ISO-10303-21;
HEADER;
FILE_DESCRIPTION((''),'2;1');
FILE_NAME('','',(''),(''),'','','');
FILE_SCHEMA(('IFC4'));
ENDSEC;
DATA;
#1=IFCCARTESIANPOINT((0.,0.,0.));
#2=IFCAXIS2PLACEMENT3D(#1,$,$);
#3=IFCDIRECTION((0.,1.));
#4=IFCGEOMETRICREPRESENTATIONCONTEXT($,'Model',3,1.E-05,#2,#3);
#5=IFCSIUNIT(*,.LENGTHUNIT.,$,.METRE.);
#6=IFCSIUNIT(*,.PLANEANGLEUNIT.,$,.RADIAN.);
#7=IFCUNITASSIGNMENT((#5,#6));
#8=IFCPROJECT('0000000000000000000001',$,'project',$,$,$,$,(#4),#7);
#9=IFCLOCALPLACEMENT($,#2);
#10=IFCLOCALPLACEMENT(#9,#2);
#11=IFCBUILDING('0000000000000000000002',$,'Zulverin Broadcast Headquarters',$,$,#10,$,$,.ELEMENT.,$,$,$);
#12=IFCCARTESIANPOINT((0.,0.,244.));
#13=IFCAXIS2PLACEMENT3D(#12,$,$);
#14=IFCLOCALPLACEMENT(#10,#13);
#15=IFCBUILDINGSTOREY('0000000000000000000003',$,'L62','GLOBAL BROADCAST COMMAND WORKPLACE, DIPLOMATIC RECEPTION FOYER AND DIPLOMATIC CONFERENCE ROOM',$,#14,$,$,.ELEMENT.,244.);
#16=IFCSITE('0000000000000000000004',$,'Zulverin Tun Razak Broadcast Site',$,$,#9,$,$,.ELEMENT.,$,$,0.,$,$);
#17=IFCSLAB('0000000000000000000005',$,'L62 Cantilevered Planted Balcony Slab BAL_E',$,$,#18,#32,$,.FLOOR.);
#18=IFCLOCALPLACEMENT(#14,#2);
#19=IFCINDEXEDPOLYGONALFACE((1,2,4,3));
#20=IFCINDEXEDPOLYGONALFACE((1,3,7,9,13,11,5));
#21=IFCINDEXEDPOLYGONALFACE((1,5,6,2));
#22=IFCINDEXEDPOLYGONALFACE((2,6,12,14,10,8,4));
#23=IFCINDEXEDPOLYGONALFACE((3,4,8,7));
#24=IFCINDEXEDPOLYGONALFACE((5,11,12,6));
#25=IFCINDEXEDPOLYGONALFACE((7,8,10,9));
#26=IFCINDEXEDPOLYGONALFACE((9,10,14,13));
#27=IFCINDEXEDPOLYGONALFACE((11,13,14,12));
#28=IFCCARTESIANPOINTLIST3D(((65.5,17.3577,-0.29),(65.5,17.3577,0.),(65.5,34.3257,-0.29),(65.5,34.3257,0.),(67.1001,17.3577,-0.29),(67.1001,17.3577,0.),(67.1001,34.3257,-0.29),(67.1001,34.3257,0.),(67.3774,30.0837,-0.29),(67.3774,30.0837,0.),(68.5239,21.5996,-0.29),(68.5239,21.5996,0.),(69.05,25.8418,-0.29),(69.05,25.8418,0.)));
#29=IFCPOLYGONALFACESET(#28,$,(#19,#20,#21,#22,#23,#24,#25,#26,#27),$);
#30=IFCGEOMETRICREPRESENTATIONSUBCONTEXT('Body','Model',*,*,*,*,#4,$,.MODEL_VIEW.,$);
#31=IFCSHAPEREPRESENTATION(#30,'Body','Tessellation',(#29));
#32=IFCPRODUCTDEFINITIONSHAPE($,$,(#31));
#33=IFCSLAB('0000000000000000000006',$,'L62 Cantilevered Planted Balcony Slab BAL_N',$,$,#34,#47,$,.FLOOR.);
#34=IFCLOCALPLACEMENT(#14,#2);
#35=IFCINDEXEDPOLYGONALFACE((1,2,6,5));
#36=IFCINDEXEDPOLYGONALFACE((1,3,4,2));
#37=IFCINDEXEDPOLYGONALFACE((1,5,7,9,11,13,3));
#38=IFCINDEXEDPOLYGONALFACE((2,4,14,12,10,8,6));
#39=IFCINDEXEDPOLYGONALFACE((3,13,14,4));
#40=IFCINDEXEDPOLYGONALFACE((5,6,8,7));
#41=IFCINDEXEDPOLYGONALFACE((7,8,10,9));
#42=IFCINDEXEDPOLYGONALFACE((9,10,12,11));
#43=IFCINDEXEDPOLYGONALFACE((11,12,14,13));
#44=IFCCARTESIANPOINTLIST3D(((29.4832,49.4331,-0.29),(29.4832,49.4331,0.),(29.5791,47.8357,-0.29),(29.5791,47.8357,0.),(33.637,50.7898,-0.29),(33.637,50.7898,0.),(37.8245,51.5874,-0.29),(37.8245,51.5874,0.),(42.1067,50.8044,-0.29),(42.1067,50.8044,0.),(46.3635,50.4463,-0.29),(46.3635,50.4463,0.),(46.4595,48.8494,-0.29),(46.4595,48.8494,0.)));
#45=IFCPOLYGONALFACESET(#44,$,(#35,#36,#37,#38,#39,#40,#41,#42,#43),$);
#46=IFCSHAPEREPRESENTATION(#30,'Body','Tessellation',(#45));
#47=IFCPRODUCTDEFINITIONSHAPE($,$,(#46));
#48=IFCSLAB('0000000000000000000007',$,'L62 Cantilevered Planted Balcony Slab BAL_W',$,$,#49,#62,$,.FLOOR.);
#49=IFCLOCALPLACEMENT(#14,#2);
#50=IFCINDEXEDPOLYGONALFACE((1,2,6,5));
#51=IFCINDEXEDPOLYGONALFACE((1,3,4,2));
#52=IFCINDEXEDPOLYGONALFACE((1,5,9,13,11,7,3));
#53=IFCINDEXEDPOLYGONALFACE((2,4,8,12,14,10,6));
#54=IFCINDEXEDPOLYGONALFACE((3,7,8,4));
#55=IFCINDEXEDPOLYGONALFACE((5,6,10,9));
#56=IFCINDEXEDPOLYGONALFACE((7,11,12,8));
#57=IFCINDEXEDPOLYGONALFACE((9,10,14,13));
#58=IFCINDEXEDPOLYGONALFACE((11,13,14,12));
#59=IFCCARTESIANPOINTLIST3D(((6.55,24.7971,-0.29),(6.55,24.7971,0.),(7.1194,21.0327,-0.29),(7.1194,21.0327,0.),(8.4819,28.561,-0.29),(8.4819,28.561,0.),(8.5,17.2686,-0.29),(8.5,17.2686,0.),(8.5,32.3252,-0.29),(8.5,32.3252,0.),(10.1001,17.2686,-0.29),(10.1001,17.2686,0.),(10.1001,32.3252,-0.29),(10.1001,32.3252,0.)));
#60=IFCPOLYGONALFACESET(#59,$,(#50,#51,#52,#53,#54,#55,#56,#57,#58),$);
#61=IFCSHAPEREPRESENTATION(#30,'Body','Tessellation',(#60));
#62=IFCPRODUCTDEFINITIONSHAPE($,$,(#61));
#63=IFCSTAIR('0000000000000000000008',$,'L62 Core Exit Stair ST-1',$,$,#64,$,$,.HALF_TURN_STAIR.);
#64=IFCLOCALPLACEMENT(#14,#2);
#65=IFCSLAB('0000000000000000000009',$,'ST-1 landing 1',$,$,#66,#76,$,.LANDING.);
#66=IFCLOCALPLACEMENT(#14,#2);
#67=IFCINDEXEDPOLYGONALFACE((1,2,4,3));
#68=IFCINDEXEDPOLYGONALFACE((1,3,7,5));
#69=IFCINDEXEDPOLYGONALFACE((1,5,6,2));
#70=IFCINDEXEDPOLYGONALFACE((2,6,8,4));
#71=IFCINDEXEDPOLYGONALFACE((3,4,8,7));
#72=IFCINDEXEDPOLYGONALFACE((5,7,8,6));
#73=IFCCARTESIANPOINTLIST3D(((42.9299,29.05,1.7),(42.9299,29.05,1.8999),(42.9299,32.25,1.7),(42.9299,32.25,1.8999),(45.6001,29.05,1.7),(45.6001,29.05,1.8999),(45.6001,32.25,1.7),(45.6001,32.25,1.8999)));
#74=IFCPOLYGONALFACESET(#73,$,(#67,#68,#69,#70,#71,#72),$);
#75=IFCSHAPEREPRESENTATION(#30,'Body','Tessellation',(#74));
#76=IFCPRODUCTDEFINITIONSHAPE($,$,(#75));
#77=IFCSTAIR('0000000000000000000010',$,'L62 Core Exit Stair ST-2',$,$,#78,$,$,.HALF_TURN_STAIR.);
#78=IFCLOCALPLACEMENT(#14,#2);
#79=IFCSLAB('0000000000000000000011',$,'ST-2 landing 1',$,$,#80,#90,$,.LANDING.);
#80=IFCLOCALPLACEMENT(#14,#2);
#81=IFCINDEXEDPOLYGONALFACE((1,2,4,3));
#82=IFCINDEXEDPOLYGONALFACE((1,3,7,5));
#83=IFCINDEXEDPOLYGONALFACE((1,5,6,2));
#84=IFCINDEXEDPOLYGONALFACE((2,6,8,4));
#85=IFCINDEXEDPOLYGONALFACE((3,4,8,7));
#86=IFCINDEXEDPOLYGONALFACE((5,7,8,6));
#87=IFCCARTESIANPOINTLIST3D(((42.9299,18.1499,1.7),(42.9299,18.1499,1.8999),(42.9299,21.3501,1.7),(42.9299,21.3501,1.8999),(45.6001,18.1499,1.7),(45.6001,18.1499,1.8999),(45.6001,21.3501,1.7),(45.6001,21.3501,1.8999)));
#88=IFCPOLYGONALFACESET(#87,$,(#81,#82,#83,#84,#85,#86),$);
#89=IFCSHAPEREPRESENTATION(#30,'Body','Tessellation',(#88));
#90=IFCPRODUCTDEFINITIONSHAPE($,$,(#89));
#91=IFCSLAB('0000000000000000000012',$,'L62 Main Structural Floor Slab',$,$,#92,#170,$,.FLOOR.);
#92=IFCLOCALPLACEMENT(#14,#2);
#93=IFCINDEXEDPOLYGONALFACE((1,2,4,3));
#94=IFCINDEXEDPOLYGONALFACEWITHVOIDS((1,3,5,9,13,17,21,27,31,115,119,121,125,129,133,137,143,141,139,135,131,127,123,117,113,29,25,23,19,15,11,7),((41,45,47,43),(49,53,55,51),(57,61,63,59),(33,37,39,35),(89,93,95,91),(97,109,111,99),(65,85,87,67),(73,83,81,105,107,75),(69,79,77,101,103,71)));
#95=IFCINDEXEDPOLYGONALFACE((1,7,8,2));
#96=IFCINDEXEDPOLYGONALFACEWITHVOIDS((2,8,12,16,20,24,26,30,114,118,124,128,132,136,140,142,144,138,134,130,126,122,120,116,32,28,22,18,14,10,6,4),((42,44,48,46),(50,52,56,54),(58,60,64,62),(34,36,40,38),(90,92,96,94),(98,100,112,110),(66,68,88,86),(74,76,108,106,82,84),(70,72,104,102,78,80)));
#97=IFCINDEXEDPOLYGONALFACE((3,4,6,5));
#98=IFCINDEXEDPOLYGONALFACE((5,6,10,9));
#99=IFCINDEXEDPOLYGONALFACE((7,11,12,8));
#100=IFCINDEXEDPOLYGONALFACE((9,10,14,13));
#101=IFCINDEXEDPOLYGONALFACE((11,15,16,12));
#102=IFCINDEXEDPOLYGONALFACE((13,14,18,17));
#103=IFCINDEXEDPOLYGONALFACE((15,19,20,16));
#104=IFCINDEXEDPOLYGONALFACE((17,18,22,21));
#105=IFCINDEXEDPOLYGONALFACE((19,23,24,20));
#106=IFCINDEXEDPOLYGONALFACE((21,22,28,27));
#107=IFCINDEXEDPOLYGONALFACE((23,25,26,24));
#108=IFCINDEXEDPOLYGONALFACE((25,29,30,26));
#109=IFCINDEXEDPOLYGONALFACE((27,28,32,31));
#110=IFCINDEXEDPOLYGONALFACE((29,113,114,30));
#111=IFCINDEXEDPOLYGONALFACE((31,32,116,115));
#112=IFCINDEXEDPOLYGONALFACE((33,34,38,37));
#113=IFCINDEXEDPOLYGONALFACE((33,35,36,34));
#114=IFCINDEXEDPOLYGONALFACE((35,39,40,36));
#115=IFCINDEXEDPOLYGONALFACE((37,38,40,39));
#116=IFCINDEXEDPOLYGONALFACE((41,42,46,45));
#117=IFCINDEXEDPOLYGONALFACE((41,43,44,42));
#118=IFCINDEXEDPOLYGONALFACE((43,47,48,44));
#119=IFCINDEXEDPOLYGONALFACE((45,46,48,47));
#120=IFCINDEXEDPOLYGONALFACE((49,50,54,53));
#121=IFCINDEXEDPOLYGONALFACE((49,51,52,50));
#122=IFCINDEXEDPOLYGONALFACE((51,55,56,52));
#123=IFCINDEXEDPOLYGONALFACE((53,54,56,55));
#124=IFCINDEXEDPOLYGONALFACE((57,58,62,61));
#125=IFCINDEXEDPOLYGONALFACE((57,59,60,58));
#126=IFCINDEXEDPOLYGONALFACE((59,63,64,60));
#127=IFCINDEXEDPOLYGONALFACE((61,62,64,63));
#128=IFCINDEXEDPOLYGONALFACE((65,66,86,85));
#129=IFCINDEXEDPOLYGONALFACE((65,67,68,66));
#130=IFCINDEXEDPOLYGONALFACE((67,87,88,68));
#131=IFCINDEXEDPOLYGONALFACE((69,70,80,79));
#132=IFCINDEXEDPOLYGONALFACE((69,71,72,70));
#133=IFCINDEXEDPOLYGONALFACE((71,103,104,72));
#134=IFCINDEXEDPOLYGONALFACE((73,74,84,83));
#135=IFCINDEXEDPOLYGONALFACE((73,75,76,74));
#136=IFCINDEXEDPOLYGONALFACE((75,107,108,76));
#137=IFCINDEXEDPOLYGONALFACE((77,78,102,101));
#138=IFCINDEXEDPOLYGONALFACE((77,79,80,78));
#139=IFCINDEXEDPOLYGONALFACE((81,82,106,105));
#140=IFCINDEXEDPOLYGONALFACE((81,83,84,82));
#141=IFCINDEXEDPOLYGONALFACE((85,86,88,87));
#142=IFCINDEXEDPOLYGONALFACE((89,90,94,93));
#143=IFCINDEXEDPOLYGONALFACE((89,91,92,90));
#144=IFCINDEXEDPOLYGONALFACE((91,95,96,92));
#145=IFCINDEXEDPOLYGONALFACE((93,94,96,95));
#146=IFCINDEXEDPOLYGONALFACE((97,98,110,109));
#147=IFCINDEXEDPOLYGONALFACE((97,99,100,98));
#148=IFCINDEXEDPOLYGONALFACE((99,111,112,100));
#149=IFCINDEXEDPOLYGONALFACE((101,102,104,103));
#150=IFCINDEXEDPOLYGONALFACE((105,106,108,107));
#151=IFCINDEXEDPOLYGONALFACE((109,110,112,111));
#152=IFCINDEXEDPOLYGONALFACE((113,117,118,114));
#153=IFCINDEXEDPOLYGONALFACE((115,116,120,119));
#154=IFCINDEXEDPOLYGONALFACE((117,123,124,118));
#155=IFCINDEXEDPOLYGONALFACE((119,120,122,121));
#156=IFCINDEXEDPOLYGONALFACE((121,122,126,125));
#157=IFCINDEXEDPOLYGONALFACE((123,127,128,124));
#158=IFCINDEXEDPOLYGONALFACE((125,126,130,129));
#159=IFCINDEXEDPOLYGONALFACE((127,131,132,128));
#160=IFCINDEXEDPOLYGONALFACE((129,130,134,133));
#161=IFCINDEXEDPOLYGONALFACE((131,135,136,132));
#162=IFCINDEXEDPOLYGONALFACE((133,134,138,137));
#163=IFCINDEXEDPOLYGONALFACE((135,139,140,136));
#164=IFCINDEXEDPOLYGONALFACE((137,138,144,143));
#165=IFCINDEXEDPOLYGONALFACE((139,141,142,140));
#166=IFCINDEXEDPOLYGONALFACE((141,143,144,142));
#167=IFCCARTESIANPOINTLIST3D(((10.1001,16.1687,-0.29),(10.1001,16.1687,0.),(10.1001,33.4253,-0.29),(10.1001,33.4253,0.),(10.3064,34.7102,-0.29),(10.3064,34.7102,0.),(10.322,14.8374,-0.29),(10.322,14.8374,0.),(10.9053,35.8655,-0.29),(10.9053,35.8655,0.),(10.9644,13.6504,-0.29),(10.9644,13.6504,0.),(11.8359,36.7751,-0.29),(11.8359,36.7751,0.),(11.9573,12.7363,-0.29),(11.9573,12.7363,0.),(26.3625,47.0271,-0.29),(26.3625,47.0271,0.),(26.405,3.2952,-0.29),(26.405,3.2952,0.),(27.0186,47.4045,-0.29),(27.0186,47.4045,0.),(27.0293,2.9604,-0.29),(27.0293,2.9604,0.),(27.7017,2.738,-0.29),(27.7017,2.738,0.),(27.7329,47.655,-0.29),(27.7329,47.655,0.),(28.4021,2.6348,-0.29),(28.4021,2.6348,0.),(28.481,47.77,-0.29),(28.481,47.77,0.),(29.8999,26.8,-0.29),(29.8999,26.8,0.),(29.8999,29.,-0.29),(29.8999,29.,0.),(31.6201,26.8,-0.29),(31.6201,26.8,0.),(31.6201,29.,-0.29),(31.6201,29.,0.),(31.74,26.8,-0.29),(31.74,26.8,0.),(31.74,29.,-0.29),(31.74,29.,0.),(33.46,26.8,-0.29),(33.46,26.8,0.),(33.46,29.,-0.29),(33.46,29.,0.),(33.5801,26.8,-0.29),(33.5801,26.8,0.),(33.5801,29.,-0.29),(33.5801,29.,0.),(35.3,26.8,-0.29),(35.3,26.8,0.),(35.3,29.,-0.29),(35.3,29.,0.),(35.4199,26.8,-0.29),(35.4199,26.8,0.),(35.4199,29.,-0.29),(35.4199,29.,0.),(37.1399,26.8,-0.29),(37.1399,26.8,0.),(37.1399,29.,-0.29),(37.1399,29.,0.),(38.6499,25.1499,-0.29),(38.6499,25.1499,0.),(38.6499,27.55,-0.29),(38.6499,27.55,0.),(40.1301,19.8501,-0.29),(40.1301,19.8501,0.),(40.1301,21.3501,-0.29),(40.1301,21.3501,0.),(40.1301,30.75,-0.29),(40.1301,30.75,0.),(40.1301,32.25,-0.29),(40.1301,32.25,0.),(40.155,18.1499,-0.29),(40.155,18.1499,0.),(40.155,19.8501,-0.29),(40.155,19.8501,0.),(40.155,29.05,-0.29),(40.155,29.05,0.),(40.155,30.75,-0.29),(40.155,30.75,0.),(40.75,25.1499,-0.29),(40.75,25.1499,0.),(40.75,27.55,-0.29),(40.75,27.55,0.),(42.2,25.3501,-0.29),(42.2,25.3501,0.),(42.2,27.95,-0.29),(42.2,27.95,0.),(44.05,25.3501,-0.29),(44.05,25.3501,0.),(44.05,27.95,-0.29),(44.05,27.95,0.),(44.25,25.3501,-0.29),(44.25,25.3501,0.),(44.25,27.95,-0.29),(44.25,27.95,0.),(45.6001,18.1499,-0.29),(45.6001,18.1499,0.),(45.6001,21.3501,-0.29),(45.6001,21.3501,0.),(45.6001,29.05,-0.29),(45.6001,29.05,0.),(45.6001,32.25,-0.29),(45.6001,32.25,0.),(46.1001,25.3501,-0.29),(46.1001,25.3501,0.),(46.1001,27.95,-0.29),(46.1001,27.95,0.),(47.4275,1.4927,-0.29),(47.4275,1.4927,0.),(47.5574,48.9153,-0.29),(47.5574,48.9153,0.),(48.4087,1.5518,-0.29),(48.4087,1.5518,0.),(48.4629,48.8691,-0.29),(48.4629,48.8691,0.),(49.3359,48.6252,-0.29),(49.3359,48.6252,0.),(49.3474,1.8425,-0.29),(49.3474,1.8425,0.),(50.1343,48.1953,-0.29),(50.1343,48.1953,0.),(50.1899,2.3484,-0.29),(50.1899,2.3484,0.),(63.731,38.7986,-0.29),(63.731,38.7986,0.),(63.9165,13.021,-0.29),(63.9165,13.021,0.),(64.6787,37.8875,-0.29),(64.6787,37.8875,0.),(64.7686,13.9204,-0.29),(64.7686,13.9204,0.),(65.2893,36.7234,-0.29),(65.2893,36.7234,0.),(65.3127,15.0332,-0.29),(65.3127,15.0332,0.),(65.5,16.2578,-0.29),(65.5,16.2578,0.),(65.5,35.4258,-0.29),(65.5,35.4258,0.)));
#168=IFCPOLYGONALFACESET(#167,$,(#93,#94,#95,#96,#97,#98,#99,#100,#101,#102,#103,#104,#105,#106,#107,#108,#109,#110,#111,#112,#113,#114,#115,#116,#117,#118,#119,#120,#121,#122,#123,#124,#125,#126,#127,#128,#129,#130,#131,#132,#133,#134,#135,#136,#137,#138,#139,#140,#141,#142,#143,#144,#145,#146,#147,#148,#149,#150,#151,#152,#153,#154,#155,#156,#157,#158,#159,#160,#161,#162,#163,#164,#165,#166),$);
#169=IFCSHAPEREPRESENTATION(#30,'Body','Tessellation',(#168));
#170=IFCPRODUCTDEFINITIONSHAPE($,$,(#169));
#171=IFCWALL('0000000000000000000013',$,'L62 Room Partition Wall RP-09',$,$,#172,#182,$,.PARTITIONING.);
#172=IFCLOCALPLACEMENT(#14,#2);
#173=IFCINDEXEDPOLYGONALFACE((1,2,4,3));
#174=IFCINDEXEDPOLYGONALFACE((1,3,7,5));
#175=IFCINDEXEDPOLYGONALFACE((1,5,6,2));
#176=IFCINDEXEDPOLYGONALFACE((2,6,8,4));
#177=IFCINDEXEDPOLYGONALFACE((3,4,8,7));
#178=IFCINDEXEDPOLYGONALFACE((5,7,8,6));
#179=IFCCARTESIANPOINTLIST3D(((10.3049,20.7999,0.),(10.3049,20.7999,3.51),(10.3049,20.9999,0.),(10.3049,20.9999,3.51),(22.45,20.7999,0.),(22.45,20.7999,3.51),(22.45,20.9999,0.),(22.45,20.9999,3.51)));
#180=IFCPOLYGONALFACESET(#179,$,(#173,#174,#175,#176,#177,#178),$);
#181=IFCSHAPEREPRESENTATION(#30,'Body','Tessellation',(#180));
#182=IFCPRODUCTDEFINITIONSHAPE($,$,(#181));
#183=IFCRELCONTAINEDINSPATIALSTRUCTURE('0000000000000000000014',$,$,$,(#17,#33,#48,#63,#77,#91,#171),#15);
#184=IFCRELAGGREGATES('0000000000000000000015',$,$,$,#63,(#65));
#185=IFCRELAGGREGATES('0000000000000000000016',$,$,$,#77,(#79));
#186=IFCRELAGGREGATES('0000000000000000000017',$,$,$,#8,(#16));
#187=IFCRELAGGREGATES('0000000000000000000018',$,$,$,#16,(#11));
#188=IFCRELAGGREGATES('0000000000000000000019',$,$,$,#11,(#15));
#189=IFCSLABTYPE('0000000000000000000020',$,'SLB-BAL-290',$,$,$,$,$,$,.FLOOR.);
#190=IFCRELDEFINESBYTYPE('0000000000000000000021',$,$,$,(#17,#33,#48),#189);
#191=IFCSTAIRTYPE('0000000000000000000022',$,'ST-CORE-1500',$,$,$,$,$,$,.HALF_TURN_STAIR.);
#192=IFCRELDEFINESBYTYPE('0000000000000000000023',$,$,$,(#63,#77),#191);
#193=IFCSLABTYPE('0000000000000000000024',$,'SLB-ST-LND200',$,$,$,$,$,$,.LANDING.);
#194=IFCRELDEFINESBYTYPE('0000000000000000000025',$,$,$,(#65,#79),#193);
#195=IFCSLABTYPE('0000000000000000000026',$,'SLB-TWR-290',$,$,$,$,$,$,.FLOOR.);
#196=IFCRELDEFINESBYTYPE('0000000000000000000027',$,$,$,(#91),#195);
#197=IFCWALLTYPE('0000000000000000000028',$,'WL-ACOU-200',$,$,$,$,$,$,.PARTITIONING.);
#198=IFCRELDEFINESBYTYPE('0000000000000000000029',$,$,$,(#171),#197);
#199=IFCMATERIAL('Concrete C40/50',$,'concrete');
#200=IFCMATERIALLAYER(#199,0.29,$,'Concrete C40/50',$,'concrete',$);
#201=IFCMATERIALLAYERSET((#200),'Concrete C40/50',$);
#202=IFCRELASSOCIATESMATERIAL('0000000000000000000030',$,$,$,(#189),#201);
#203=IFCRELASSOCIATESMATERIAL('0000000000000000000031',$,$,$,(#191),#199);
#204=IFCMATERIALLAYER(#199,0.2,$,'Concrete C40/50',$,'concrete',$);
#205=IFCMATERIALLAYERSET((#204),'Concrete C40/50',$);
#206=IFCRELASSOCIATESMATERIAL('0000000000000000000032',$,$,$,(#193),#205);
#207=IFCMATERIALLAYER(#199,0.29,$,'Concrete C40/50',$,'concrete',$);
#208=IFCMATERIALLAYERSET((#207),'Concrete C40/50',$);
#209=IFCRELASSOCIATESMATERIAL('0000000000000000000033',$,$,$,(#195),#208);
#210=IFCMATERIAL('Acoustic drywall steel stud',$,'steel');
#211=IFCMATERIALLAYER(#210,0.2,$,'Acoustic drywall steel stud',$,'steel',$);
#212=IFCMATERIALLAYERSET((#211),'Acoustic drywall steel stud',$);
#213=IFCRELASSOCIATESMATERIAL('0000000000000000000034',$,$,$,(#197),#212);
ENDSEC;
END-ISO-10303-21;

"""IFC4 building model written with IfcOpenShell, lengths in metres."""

from ifc_helpers import new_model, si_unit, direction, frame, frame_2d, origin, place, context, subcontext, project, spatial, polyline, rectangle, outline, extrude, material, layer, layer_set, type_object, element, aggregate, save


model = new_model("IFC4")

# Units and contexts
model_context = context("Model", 3, precision=1e-05, world=origin(), true_north=direction((0.0, 1.0)))
body_context = subcontext(model_context, "Body", "Model", "MODEL_VIEW")
ifc_project = project(units=[si_unit("LENGTHUNIT", "METRE"), si_unit("PLANEANGLEUNIT", "RADIAN")], contexts=[model_context])

# Site, building, storey
site_placement = place(None, origin())
site = spatial("IfcSite", under=ifc_project, at=site_placement, Name="Zulverin Tun Razak Broadcast Site", CompositionType="ELEMENT", RefElevation=0.0)
building_placement = place(site_placement, origin())
building = spatial("IfcBuilding", under=site, at=building_placement, Name="Zulverin Broadcast Headquarters", CompositionType="ELEMENT")
storey_placement = place(building_placement, frame((0.0, 0.0, 244.0)))
storey = spatial("IfcBuildingStorey", under=building, at=storey_placement, Name="L62", Description="GLOBAL BROADCAST COMMAND WORKPLACE, DIPLOMATIC RECEPTION FOYER AND DIPLOMATIC CONFERENCE ROOM", CompositionType="ELEMENT", Elevation=244.0)

# Slabs
ifc_material_1 = material(Name="Concrete C40/50", Category="concrete")
ifc_layer_1 = layer(ifc_material_1, 0.29, Name="Concrete C40/50", Category="concrete")
ifc_layer_set_1 = layer_set([ifc_layer_1], Name="Concrete C40/50")
slab_type_1 = type_object("IfcSlabType", Name="SLB-BAL-290", PredefinedType="FLOOR", material=ifc_layer_set_1)
slab_1_placement = place(storey_placement, frame((0.0, 0.0, -0.29)))
element("IfcSlab", 1, at=slab_1_placement, inside=storey, type_object=slab_type_1, Name="L62 Cantilevered Planted Balcony Slab BAL_E", PredefinedType="FLOOR", context=body_context, shape_type="SweptSolid", body=[
    extrude(outline(polyline([(65.5, 34.3257), (65.5, 17.3577), (67.1001, 17.3577), (68.5239, 21.5996), (69.05, 25.8418), (67.3774, 30.0837), (67.1001, 34.3257), (65.5, 34.3257)])), origin(), (0.0, 0.0, 1.0), 0.29),
])
slab_2_placement = place(storey_placement, frame((0.0, 0.0, -0.29)))
element("IfcSlab", 2, at=slab_2_placement, inside=storey, type_object=slab_type_1, Name="L62 Cantilevered Planted Balcony Slab BAL_N", PredefinedType="FLOOR", context=body_context, shape_type="SweptSolid", body=[
    extrude(outline(polyline([(29.5791, 47.8357), (46.4595, 48.8494), (46.3635, 50.4463), (42.1067, 50.8044), (37.8245, 51.5874), (33.637, 50.7898), (29.4832, 49.4331), (29.5791, 47.8357)])), origin(), (0.0, 0.0, 1.0), 0.29),
])
slab_3_placement = place(storey_placement, frame((0.0, 0.0, -0.29)))
element("IfcSlab", 3, at=slab_3_placement, inside=storey, type_object=slab_type_1, Name="L62 Cantilevered Planted Balcony Slab BAL_W", PredefinedType="FLOOR", context=body_context, shape_type="SweptSolid", body=[
    extrude(outline(polyline([(10.1001, 17.2686), (10.1001, 32.3252), (8.5, 32.3252), (8.4819, 28.561), (6.55, 24.7971), (7.1194, 21.0327), (8.5, 17.2686), (10.1001, 17.2686)])), origin(), (0.0, 0.0, 1.0), 0.29),
])

# Stairs, slabs
stair_type = type_object("IfcStairType", Name="ST-CORE-1500", PredefinedType="HALF_TURN_STAIR", material=ifc_material_1)
stair_1_placement = place(storey_placement, origin())
stair_1 = element("IfcStair", 4, at=stair_1_placement, inside=storey, type_object=stair_type, Name="L62 Core Exit Stair ST-1", PredefinedType="HALF_TURN_STAIR")
ifc_layer_2 = layer(ifc_material_1, 0.2, Name="Concrete C40/50", Category="concrete")
ifc_layer_set_2 = layer_set([ifc_layer_2], Name="Concrete C40/50")
slab_type_2 = type_object("IfcSlabType", Name="SLB-ST-LND200", PredefinedType="LANDING", material=ifc_layer_set_2)
slab_4_placement = place(storey_placement, frame((0.0, 0.0, 1.7)))
slab_4 = element("IfcSlab", 5, at=slab_4_placement, type_object=slab_type_2, Name="ST-1 landing 1", PredefinedType="LANDING", context=body_context, shape_type="SweptSolid", body=[
    extrude(outline(polyline([(42.9299, 29.05), (45.6001, 29.05), (45.6001, 32.25), (42.9299, 32.25), (42.9299, 29.05)])), origin(), (0.0, 0.0, 1.0), 0.2),
])
aggregate(stair_1, [slab_4])
stair_2_placement = place(storey_placement, origin())
stair_2 = element("IfcStair", 6, at=stair_2_placement, inside=storey, type_object=stair_type, Name="L62 Core Exit Stair ST-2", PredefinedType="HALF_TURN_STAIR")
slab_5_placement = place(storey_placement, frame((0.0, 0.0, 1.7)))
slab_5 = element("IfcSlab", 7, at=slab_5_placement, type_object=slab_type_2, Name="ST-2 landing 1", PredefinedType="LANDING", context=body_context, shape_type="SweptSolid", body=[
    extrude(outline(polyline([(42.9299, 18.1499), (45.6001, 18.1499), (45.6001, 21.3501), (42.9299, 21.3501), (42.9299, 18.1499)])), origin(), (0.0, 0.0, 1.0), 0.2),
])
aggregate(stair_2, [slab_5])

# Slab
ifc_layer_3 = layer(ifc_material_1, 0.29, Name="Concrete C40/50", Category="concrete")
ifc_layer_set_3 = layer_set([ifc_layer_3], Name="Concrete C40/50")
slab_type_3 = type_object("IfcSlabType", Name="SLB-TWR-290", PredefinedType="FLOOR", material=ifc_layer_set_3)
slab_6_placement = place(storey_placement, frame((0.0, 0.0, -0.29)))
element("IfcSlab", 8, at=slab_6_placement, inside=storey, type_object=slab_type_3, Name="L62 Main Structural Floor Slab", PredefinedType="FLOOR", context=body_context, shape_type="SweptSolid", body=[
    extrude(outline(polyline([(26.405, 3.2952), (27.0293, 2.9604), (27.7017, 2.738), (28.4021, 2.6348), (47.4275, 1.4927), (48.4087, 1.5518), (49.3474, 1.8425), (50.1899, 2.3484), (63.9165, 13.021), (64.7686, 13.9204), (65.3127, 15.0332), (65.5, 16.2578), (65.5, 35.4258), (65.2893, 36.7234), (64.6787, 37.8875), (63.731, 38.7986), (50.1343, 48.1953), (49.3359, 48.6252), (48.4629, 48.8691), (47.5574, 48.9153), (28.481, 47.77), (27.7329, 47.655), (27.0186, 47.4045), (26.3625, 47.0271), (11.8359, 36.7751), (10.9053, 35.8655), (10.3064, 34.7102), (10.1001, 33.4253), (10.1001, 16.1687), (10.322, 14.8374), (10.9644, 13.6504), (11.9573, 12.7363), (26.405, 3.2952)]), holes=[polyline([(40.155, 30.75), (40.1301, 30.75), (40.1301, 32.25), (45.6001, 32.25), (45.6001, 29.05), (40.155, 29.05), (40.155, 30.75)]), polyline([(40.155, 19.8501), (40.1301, 19.8501), (40.1301, 21.3501), (45.6001, 21.3501), (45.6001, 18.1499), (40.155, 18.1499), (40.155, 19.8501)]), polyline([(29.8999, 26.8), (31.6201, 26.8), (31.6201, 29.0), (29.8999, 29.0), (29.8999, 26.8)]), polyline([(31.74, 26.8), (33.46, 26.8), (33.46, 29.0), (31.74, 29.0), (31.74, 26.8)]), polyline([(33.5801, 26.8), (35.3, 26.8), (35.3, 29.0), (33.5801, 29.0), (33.5801, 26.8)]), polyline([(35.4199, 26.8), (37.1399, 26.8), (37.1399, 29.0), (35.4199, 29.0), (35.4199, 26.8)]), polyline([(42.2, 25.3501), (44.05, 25.3501), (44.05, 27.95), (42.2, 27.95), (42.2, 25.3501)]), polyline([(44.25, 25.3501), (46.1001, 25.3501), (46.1001, 27.95), (44.25, 27.95), (44.25, 25.3501)]), polyline([(38.6499, 25.1499), (40.75, 25.1499), (40.75, 27.55), (38.6499, 27.55), (38.6499, 25.1499)])]), origin(), (0.0, 0.0, 1.0), 0.29),
])

# Wall
ifc_material_2 = material(Name="Acoustic drywall steel stud", Category="steel")
ifc_layer_4 = layer(ifc_material_2, 0.2, Name="Acoustic drywall steel stud", Category="steel")
ifc_layer_set_4 = layer_set([ifc_layer_4], Name="Acoustic drywall steel stud")
wall_type_1 = type_object("IfcWallType", Name="WL-ACOU-200", PredefinedType="PARTITIONING", material=ifc_layer_set_4)
wall_1_placement = place(storey_placement, frame((10.3049, 20.8999, 0.0), z_axis=(0.0, 0.0, 1.0), x_axis=(1.0, 0.0, 0.0)))
element("IfcWall", 9, at=wall_1_placement, inside=storey, type_object=wall_type_1, Name="L62 Room Partition Wall RP-09", PredefinedType="PARTITIONING", context=body_context, shape_type="SweptSolid", body=[
    extrude(rectangle(XDim=12.145, YDim=0.2, at=frame_2d((6.0725, 0.0))), origin(), (0.0, 0.0, 1.0), 3.51),
])

save(model, "model.ifc")
